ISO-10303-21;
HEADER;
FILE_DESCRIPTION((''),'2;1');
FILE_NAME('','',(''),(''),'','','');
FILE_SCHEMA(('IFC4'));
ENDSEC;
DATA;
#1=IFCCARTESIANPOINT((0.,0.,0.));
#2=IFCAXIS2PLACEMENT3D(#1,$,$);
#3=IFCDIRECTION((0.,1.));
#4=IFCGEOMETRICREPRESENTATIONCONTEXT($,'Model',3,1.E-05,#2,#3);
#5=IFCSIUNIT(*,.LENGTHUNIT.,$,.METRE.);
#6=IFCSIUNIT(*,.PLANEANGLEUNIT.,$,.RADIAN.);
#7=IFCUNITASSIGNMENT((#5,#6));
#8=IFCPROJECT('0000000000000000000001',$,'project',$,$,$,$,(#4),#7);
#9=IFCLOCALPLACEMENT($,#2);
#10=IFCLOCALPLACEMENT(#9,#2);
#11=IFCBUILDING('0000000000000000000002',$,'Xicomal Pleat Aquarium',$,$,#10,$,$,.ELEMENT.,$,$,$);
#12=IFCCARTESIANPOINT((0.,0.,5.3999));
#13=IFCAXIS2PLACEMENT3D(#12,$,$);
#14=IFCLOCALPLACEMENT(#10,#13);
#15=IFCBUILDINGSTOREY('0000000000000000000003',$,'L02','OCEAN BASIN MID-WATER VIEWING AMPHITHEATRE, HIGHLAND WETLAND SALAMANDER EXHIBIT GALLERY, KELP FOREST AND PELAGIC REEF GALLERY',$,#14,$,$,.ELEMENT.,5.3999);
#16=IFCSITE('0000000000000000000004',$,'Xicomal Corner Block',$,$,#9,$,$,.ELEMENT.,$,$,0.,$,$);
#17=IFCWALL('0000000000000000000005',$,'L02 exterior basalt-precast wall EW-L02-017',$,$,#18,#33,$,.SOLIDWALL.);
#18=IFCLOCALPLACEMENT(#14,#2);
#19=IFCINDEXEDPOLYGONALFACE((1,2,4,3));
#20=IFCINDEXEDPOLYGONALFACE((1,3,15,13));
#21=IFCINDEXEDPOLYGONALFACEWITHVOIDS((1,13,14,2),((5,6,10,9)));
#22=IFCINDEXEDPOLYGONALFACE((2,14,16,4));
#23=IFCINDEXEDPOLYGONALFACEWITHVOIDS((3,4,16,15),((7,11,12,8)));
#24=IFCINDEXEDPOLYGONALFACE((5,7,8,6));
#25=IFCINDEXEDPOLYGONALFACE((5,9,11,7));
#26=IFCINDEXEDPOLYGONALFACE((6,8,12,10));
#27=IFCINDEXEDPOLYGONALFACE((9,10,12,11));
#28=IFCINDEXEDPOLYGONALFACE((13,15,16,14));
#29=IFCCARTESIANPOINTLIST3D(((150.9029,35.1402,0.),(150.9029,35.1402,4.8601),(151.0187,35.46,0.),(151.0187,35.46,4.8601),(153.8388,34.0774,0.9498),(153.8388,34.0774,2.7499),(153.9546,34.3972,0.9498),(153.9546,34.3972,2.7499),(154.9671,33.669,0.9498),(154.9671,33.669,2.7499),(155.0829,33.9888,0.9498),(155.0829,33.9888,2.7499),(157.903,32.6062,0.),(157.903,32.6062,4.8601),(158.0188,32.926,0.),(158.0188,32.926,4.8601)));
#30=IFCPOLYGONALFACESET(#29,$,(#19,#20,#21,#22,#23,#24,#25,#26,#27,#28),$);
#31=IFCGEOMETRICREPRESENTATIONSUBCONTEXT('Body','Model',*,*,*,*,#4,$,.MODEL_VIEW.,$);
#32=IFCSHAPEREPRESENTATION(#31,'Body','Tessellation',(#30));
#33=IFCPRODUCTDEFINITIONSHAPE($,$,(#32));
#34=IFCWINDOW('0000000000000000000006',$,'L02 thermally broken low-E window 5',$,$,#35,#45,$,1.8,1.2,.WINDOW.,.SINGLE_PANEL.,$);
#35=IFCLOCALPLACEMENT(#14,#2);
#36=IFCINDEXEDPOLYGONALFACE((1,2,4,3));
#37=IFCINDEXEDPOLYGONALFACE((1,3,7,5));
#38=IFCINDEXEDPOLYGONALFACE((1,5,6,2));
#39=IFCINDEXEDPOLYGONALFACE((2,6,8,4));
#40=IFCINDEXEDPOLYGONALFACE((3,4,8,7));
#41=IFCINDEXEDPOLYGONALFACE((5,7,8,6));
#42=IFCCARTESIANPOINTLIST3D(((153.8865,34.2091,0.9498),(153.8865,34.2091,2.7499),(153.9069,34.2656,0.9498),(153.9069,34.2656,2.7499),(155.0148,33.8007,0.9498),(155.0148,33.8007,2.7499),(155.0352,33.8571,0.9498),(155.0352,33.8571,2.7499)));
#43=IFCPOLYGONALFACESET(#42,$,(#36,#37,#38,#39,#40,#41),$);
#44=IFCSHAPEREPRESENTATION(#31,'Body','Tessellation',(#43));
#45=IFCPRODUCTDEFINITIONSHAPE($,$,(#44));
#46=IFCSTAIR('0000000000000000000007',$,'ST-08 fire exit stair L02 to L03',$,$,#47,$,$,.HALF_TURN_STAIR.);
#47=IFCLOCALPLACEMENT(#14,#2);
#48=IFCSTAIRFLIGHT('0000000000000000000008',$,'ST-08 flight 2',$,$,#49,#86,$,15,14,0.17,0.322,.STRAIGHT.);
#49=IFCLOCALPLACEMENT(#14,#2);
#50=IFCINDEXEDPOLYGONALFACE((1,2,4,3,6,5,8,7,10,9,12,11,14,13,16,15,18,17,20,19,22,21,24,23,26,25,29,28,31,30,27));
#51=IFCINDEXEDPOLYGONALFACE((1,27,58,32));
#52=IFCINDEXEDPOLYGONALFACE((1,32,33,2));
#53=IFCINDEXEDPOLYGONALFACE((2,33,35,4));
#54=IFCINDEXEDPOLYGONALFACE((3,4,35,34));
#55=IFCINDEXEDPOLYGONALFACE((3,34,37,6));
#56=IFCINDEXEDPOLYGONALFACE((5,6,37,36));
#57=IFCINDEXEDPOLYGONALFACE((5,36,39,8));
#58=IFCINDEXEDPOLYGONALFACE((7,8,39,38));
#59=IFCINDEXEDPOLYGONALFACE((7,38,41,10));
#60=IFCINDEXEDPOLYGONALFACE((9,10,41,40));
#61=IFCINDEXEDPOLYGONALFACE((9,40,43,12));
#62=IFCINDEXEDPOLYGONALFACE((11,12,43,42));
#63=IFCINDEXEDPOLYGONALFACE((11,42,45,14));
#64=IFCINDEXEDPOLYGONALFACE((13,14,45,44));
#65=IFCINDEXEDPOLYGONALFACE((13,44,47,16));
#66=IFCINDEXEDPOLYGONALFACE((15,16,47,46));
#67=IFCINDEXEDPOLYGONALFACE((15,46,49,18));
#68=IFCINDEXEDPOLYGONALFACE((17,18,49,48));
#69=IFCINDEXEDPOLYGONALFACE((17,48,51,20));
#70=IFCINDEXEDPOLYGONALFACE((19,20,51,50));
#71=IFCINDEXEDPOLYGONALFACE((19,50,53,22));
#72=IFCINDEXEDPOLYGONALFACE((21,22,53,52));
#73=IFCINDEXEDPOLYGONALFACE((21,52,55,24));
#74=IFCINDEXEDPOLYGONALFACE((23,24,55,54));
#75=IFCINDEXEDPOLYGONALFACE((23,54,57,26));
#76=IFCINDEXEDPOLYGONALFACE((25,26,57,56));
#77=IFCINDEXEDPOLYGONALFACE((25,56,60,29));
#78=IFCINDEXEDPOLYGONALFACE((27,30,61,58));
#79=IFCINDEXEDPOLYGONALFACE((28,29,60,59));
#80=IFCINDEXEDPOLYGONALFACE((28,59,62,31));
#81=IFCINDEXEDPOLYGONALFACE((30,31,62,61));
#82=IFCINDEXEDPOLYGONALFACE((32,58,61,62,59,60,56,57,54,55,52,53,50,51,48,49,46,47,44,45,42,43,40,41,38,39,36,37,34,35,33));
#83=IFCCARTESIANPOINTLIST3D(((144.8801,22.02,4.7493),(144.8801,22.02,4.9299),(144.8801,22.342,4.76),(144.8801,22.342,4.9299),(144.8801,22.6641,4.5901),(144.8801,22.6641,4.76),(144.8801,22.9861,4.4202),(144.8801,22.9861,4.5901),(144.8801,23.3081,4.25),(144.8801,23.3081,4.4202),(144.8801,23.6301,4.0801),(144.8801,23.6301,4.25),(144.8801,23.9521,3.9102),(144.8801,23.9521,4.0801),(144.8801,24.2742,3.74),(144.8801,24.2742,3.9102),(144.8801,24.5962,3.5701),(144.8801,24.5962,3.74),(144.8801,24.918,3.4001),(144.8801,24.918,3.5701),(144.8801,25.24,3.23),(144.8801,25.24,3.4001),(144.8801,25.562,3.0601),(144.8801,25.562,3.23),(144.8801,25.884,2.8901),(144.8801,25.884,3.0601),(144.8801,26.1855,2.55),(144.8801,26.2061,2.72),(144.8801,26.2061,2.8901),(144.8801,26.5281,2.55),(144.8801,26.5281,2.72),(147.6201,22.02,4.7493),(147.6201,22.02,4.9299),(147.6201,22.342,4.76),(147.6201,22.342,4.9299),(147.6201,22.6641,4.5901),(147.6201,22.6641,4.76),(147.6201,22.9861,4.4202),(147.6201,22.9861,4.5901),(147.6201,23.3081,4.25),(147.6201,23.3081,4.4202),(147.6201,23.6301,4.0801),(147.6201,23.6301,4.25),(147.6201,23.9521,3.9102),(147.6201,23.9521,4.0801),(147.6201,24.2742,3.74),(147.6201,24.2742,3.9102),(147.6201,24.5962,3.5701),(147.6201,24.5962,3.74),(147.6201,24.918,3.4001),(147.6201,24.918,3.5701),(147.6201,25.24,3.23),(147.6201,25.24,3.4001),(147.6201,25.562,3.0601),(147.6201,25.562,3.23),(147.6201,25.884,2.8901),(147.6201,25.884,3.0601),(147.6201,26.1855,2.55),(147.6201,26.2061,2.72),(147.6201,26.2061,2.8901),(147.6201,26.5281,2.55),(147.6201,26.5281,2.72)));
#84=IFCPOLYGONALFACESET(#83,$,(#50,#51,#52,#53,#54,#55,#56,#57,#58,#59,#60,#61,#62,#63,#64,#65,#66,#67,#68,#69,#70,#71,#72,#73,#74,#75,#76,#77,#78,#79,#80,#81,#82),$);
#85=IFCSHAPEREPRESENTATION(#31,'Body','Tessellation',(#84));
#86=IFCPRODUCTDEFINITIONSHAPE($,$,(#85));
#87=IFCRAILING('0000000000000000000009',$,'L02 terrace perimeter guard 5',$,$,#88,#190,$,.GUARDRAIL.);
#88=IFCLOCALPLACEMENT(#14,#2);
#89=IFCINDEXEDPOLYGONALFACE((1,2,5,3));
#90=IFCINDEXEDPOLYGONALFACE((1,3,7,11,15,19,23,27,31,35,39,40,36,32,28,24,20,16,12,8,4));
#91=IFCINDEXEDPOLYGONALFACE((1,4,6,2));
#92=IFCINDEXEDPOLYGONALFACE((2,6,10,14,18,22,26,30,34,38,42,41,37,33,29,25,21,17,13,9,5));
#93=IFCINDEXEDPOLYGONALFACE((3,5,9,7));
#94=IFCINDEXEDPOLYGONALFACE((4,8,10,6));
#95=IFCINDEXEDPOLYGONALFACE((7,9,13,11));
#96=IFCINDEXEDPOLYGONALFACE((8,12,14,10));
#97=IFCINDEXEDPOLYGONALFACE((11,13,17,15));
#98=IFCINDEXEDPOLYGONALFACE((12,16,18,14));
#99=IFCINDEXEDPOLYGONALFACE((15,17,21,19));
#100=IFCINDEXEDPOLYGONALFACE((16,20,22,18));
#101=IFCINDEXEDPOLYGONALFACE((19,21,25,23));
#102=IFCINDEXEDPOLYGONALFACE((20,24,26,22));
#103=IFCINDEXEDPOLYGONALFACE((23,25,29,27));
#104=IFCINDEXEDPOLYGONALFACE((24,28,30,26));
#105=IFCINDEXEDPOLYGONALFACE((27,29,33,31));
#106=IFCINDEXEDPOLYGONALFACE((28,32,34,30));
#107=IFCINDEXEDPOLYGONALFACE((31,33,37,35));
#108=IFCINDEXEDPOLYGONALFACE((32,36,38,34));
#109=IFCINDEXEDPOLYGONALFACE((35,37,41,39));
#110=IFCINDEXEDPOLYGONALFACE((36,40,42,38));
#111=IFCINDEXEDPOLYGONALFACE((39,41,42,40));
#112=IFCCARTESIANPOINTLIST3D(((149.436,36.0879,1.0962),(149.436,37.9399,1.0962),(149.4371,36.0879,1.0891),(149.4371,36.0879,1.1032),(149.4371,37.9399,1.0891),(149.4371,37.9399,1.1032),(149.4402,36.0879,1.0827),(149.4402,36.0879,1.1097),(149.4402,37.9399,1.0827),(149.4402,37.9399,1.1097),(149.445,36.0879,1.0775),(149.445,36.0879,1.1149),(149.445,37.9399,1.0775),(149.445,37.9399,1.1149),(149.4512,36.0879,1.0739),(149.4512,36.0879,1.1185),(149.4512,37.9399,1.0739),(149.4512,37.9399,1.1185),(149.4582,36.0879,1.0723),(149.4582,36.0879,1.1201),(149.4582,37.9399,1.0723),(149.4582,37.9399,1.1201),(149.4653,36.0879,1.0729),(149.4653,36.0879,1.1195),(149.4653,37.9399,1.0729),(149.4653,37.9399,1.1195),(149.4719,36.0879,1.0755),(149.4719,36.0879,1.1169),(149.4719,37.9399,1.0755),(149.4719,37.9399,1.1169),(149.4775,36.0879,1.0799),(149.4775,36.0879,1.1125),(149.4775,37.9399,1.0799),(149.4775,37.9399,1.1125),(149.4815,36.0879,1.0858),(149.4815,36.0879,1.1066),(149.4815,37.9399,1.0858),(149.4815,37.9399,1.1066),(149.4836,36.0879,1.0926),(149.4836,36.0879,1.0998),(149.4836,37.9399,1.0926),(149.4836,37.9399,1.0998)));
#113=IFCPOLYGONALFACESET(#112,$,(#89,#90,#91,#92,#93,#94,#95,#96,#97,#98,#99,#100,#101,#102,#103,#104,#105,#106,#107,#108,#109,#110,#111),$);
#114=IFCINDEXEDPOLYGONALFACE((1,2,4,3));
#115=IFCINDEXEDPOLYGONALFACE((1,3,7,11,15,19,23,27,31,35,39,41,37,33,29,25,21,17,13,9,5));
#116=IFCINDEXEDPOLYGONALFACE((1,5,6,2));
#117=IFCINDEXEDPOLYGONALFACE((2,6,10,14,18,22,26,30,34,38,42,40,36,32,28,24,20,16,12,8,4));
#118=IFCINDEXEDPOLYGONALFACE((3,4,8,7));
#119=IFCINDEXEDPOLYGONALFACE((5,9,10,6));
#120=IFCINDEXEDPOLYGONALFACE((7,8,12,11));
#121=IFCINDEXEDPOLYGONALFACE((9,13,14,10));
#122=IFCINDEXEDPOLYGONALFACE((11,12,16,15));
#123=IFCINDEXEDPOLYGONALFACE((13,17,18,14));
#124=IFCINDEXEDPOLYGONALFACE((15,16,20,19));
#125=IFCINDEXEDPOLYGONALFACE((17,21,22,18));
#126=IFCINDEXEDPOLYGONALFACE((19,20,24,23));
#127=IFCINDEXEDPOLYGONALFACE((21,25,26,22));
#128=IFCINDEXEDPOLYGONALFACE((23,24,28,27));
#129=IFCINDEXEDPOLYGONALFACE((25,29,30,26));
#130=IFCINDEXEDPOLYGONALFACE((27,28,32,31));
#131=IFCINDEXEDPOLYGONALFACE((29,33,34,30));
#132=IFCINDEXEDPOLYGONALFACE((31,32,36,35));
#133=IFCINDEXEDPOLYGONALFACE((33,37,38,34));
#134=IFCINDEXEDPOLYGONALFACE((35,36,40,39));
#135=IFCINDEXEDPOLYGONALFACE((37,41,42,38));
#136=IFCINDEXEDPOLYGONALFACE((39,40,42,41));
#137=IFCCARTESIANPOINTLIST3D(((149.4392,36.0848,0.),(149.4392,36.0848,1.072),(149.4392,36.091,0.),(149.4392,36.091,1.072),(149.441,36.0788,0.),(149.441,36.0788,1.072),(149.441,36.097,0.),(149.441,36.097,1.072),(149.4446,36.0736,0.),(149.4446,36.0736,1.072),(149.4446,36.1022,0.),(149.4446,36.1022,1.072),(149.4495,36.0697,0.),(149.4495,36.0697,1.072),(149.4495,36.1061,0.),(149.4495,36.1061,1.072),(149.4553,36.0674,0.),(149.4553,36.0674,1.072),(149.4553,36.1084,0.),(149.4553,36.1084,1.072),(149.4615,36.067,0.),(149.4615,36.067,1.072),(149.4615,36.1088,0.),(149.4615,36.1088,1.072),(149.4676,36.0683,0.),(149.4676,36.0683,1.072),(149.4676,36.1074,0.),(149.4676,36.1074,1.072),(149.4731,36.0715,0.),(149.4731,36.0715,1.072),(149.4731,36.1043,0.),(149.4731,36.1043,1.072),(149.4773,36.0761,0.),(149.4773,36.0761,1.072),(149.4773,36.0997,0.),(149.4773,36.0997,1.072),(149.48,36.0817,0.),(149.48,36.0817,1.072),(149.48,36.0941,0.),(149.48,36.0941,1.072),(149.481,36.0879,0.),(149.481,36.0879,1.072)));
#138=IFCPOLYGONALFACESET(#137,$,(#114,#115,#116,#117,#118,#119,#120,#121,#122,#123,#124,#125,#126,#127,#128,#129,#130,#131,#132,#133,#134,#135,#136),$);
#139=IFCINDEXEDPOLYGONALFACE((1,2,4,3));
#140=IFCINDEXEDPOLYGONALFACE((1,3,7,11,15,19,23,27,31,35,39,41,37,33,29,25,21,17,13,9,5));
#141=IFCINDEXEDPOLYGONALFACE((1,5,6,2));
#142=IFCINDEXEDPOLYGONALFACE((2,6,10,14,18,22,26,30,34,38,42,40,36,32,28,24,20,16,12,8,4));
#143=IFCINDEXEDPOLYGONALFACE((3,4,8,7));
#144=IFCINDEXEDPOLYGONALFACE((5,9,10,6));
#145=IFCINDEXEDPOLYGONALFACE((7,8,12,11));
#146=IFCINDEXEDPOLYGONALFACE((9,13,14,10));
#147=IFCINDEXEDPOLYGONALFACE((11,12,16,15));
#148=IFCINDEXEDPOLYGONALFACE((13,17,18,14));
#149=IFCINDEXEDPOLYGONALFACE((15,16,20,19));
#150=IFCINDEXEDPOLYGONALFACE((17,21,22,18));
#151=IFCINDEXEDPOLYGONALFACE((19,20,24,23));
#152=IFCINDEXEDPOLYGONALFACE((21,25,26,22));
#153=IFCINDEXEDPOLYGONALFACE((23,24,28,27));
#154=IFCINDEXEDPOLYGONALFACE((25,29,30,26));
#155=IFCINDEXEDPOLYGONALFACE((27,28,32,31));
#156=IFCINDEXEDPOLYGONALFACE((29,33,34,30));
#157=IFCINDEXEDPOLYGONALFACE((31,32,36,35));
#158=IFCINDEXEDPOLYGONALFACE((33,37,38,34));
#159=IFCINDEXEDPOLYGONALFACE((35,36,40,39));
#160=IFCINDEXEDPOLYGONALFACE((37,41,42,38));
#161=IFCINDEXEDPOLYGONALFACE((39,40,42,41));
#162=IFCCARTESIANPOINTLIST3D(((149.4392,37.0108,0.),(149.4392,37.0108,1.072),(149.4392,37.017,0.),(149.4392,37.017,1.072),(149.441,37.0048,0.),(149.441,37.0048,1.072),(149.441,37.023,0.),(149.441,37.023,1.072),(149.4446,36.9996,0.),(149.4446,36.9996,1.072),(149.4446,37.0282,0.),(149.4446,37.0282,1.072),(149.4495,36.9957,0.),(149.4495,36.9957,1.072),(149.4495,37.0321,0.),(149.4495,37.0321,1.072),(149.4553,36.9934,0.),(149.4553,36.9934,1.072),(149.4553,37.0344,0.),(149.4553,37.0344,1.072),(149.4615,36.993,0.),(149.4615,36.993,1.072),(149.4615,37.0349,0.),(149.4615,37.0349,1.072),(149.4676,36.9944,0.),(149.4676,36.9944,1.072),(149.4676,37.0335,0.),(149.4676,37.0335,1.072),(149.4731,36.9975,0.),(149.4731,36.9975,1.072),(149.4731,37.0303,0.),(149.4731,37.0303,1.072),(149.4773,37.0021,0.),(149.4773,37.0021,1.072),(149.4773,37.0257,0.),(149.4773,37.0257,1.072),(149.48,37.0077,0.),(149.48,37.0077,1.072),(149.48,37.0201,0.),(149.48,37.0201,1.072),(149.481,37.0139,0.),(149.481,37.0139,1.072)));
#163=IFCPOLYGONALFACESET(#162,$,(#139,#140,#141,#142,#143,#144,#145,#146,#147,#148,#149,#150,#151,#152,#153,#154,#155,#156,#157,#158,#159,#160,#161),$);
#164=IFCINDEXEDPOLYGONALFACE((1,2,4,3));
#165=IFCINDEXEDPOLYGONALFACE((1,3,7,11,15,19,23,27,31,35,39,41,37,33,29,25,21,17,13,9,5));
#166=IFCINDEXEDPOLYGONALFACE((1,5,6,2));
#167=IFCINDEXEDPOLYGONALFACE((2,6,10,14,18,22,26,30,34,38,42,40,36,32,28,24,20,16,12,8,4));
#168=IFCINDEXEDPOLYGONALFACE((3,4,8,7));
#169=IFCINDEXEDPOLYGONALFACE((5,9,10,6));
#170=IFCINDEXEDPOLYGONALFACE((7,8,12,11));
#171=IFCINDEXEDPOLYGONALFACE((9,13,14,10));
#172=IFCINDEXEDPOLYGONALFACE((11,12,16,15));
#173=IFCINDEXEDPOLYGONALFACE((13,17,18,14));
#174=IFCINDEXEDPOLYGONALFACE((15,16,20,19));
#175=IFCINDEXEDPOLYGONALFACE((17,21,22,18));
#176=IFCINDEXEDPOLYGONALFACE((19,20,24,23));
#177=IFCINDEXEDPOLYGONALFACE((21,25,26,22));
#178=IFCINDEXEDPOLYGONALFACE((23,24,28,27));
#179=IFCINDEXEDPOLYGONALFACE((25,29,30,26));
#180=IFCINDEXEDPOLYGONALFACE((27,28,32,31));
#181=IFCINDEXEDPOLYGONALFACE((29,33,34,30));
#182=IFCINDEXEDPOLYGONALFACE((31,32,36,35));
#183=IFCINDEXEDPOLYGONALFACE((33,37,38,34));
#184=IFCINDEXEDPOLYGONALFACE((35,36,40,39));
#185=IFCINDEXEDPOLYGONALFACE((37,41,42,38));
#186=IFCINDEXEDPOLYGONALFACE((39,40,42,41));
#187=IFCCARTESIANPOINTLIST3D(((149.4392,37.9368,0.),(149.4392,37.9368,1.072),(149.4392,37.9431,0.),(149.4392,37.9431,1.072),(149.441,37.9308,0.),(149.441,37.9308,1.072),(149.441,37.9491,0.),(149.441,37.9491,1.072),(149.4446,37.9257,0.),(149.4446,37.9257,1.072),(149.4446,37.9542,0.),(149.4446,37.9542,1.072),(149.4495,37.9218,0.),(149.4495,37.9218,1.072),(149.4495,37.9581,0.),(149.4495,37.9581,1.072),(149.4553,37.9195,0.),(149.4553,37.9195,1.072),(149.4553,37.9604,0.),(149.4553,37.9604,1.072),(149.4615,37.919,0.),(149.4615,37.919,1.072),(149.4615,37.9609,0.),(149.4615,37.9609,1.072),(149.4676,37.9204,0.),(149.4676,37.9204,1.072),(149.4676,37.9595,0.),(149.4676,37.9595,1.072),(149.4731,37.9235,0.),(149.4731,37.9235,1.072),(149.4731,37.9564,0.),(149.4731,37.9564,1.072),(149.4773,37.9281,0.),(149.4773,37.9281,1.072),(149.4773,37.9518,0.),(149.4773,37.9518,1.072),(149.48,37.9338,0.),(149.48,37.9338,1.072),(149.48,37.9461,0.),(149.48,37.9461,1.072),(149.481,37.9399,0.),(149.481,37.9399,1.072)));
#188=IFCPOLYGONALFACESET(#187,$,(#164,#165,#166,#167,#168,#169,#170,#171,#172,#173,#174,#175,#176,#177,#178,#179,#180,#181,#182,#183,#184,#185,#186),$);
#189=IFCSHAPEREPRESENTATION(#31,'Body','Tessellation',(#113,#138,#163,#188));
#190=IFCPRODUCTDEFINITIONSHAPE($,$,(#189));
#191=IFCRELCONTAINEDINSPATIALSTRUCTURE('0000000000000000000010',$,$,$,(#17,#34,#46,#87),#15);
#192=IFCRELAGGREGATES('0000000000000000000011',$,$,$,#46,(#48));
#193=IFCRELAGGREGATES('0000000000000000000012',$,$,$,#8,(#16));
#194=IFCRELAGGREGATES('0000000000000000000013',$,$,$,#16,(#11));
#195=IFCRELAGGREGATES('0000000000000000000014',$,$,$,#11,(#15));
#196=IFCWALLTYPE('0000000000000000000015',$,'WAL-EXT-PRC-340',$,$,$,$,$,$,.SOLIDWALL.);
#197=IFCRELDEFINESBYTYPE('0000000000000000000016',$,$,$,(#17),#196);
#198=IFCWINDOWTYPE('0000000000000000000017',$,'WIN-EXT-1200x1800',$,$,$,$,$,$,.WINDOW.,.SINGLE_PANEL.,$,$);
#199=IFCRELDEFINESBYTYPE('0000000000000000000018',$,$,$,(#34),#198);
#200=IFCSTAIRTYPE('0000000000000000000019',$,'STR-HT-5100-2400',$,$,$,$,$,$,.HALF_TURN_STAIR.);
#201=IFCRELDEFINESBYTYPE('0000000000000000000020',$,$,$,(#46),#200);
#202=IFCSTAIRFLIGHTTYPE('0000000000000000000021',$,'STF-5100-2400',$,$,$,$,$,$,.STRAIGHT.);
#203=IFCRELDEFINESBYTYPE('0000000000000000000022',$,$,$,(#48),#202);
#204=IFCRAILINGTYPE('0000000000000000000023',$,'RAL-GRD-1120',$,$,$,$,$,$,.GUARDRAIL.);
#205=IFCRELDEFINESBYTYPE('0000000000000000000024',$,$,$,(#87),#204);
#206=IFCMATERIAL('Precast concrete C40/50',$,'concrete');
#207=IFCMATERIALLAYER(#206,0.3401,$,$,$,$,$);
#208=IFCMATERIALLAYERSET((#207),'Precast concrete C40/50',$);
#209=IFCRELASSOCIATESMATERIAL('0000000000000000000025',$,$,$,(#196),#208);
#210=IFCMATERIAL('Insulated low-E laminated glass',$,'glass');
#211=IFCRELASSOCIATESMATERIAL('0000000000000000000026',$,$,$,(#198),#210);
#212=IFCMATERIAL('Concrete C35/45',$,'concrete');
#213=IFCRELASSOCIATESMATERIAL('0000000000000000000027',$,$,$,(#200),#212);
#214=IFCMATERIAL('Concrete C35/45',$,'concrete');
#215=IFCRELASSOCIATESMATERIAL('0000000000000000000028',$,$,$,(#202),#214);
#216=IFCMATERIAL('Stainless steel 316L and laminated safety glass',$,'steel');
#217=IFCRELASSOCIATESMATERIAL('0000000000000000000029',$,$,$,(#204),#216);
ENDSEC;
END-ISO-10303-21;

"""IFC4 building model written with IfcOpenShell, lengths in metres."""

from ifc_helpers import new_model, si_unit, direction, frame, frame_2d, origin, origin_2d, place, context, subcontext, project, spatial, polyline, rectangle, circle, outline, extrude, material, layer, layer_set, type_object, element, fill, aggregate, save


model = new_model("IFC4")

# Units and contexts
model_context = context("Model", 3, precision=1e-05, world=origin(), true_north=direction((0.0, 1.0)))
body_context = subcontext(model_context, "Body", "Model", "MODEL_VIEW")
ifc_project = project(units=[si_unit("LENGTHUNIT", "METRE"), si_unit("PLANEANGLEUNIT", "RADIAN")], contexts=[model_context])

# Site, building, storey
site_placement = place(None, origin())
site = spatial("IfcSite", under=ifc_project, at=site_placement, Name="Xicomal Corner Block", CompositionType="ELEMENT", RefElevation=0.0)
building_placement = place(site_placement, origin())
building = spatial("IfcBuilding", under=site, at=building_placement, Name="Xicomal Pleat Aquarium", CompositionType="ELEMENT")
storey_placement = place(building_placement, frame((0.0, 0.0, 5.3999)))
storey = spatial("IfcBuildingStorey", under=building, at=storey_placement, Name="L02", Description="OCEAN BASIN MID-WATER VIEWING AMPHITHEATRE, HIGHLAND WETLAND SALAMANDER EXHIBIT GALLERY, KELP FOREST AND PELAGIC REEF GALLERY", CompositionType="ELEMENT", Elevation=5.3999)

# Wall, opening, window
ifc_material_1 = material(Name="Precast concrete C40/50", Category="concrete")
ifc_layer_1 = layer(ifc_material_1, 0.3401)
ifc_layer_set_1 = layer_set([ifc_layer_1], Name="Precast concrete C40/50")
wall_type_1 = type_object("IfcWallType", Name="WAL-EXT-PRC-340", PredefinedType="SOLIDWALL", material=ifc_layer_set_1)
wall_1_placement = place(storey_placement, frame((150.9609, 35.3, 0.0), z_axis=(0.0, 0.0, 1.0), x_axis=(0.940289, -0.340376, 0.0)))
wall_1 = element("IfcWall", 1, at=wall_1_placement, inside=storey, type_object=wall_type_1, Name="L02 exterior basalt-precast wall EW-L02-017", PredefinedType="SOLIDWALL", context=body_context, shape_type="SweptSolid", body=[
    extrude(rectangle(XDim=7.4446, YDim=0.3401, at=frame_2d((3.7222, 0.0))), origin(), (0.0, 0.0, 1.0), 4.8601),
])
opening_1_placement = place(wall_1_placement, frame((3.1221, 0.0, 0.95)))
opening_1 = element("IfcOpeningElement", 2, at=opening_1_placement, cuts=wall_1, PredefinedType="OPENING", context=body_context, shape_type="SweptSolid", body=[
    extrude(rectangle(XDim=1.2, YDim=1.8, at=frame_2d((0.6001, 0.8999))), frame((0.0, 0.1799, 0.0), z_axis=(0.0, -1.0, 0.0), x_axis=(1.0, 0.0, 0.0)), (0.0, 0.0, 1.0), 0.3601),
])
ifc_material_2 = material(Name="Insulated low-E laminated glass", Category="glass")
window_type_1 = type_object("IfcWindowType", Name="WIN-EXT-1200x1800", PartitioningType="SINGLE_PANEL", PredefinedType="WINDOW", material=ifc_material_2)
window_1_placement = place(opening_1_placement, origin())
window_1 = element("IfcWindow", 3, at=window_1_placement, inside=storey, type_object=window_type_1, Name="L02 thermally broken low-E window 5", OverallHeight=1.8, OverallWidth=1.2, PartitioningType="SINGLE_PANEL", PredefinedType="WINDOW", context=body_context, shape_type="SweptSolid", body=[
    extrude(rectangle(XDim=1.2, YDim=1.8, at=frame_2d((0.6001, 0.8999))), frame((0.0, 0.03, 0.0), z_axis=(0.0, -1.0, 0.0), x_axis=(1.0, 0.0, 0.0)), (0.0, 0.0, 1.0), 0.0601),
])
fill(opening_1, window_1)

# Stair, stair flight
ifc_material_3 = material(Name="Concrete C35/45", Category="concrete")
stair_type = type_object("IfcStairType", Name="STR-HT-5100-2400", PredefinedType="HALF_TURN_STAIR", material=ifc_material_3)
stair_placement = place(storey_placement, origin())
stair = element("IfcStair", 4, at=stair_placement, inside=storey, type_object=stair_type, Name="ST-08 fire exit stair L02 to L03", PredefinedType="HALF_TURN_STAIR")
ifc_material_4 = material(Name="Concrete C35/45", Category="concrete")
stair_flight_type = type_object("IfcStairFlightType", Name="STF-5100-2400", PredefinedType="STRAIGHT", material=ifc_material_4)
stair_flight_placement = place(storey_placement, frame((146.25, 26.5281, 2.55), z_axis=(0.0, 0.0, 1.0), x_axis=(0.0, -1.0, 0.0)))
stair_flight = element("IfcStairFlight", 5, at=stair_flight_placement, type_object=stair_flight_type, Name="ST-08 flight 2", NumberOfRisers=15, NumberOfTreads=14, PredefinedType="STRAIGHT", RiserHeight=0.17, TreadLength=0.322, context=body_context, shape_type="SweptSolid", body=[
    extrude(outline(polyline([(0.0, 0.0), (0.0, 0.1699), (0.322, 0.1699), (0.322, 0.3401), (0.644, 0.3401), (0.644, 0.51), (0.9661, 0.51), (0.9661, 0.6799), (1.2881, 0.6799), (1.2881, 0.8501), (1.6101, 0.8501), (1.6101, 1.02), (1.9319, 1.02), (1.9319, 1.1899), (2.2539, 1.1899), (2.2539, 1.3601), (2.5759, 1.3601), (2.5759, 1.53), (2.8979, 1.53), (2.8979, 1.7), (3.22, 1.7), (3.22, 1.8701), (3.542, 1.8701), (3.542, 2.04), (3.864, 2.04), (3.864, 2.21), (4.186, 2.21), (4.186, 2.3799), (4.5081, 2.3799), (4.5081, 2.55), (4.5081, 2.1992), (0.3425, 0.0), (0.0, 0.0)])), frame((0.0, 1.3701, 0.0), z_axis=(0.0, -1.0, 0.0), x_axis=(1.0, 0.0, 0.0)), (0.0, 0.0, 1.0), 2.74),
])
aggregate(stair, [stair_flight])

# Railing
ifc_material_5 = material(Name="Stainless steel 316L and laminated safety glass", Category="steel")
railing_type_1 = type_object("IfcRailingType", Name="RAL-GRD-1120", PredefinedType="GUARDRAIL", material=ifc_material_5)
railing_1_placement = place(storey_placement, frame((149.46, 36.0879, 0.0)))
element("IfcRailing", 6, at=railing_1_placement, inside=storey, type_object=railing_type_1, Name="L02 terrace perimeter guard 5", PredefinedType="GUARDRAIL", context=body_context, shape_type="SweptSolid", body=[
    extrude(circle(Radius=0.0239, at=origin_2d()), frame((0.0, 0.0, 1.0962), z_axis=(0.0, 1.0, 0.0), x_axis=(-1.0, 0.0, 0.0)), (0.0, 0.0, 1.0), 1.8521),
    extrude(circle(Radius=0.021, at=origin_2d()), origin(), (0.0, 0.0, 1.0), 1.072),
    extrude(circle(Radius=0.021, at=origin_2d()), frame((0.0, 0.926, 0.0)), (0.0, 0.0, 1.0), 1.072),
    extrude(circle(Radius=0.021, at=origin_2d()), frame((0.0, 1.8521, 0.0)), (0.0, 0.0, 1.0), 1.072),
])

save(model, "model.ifc")
